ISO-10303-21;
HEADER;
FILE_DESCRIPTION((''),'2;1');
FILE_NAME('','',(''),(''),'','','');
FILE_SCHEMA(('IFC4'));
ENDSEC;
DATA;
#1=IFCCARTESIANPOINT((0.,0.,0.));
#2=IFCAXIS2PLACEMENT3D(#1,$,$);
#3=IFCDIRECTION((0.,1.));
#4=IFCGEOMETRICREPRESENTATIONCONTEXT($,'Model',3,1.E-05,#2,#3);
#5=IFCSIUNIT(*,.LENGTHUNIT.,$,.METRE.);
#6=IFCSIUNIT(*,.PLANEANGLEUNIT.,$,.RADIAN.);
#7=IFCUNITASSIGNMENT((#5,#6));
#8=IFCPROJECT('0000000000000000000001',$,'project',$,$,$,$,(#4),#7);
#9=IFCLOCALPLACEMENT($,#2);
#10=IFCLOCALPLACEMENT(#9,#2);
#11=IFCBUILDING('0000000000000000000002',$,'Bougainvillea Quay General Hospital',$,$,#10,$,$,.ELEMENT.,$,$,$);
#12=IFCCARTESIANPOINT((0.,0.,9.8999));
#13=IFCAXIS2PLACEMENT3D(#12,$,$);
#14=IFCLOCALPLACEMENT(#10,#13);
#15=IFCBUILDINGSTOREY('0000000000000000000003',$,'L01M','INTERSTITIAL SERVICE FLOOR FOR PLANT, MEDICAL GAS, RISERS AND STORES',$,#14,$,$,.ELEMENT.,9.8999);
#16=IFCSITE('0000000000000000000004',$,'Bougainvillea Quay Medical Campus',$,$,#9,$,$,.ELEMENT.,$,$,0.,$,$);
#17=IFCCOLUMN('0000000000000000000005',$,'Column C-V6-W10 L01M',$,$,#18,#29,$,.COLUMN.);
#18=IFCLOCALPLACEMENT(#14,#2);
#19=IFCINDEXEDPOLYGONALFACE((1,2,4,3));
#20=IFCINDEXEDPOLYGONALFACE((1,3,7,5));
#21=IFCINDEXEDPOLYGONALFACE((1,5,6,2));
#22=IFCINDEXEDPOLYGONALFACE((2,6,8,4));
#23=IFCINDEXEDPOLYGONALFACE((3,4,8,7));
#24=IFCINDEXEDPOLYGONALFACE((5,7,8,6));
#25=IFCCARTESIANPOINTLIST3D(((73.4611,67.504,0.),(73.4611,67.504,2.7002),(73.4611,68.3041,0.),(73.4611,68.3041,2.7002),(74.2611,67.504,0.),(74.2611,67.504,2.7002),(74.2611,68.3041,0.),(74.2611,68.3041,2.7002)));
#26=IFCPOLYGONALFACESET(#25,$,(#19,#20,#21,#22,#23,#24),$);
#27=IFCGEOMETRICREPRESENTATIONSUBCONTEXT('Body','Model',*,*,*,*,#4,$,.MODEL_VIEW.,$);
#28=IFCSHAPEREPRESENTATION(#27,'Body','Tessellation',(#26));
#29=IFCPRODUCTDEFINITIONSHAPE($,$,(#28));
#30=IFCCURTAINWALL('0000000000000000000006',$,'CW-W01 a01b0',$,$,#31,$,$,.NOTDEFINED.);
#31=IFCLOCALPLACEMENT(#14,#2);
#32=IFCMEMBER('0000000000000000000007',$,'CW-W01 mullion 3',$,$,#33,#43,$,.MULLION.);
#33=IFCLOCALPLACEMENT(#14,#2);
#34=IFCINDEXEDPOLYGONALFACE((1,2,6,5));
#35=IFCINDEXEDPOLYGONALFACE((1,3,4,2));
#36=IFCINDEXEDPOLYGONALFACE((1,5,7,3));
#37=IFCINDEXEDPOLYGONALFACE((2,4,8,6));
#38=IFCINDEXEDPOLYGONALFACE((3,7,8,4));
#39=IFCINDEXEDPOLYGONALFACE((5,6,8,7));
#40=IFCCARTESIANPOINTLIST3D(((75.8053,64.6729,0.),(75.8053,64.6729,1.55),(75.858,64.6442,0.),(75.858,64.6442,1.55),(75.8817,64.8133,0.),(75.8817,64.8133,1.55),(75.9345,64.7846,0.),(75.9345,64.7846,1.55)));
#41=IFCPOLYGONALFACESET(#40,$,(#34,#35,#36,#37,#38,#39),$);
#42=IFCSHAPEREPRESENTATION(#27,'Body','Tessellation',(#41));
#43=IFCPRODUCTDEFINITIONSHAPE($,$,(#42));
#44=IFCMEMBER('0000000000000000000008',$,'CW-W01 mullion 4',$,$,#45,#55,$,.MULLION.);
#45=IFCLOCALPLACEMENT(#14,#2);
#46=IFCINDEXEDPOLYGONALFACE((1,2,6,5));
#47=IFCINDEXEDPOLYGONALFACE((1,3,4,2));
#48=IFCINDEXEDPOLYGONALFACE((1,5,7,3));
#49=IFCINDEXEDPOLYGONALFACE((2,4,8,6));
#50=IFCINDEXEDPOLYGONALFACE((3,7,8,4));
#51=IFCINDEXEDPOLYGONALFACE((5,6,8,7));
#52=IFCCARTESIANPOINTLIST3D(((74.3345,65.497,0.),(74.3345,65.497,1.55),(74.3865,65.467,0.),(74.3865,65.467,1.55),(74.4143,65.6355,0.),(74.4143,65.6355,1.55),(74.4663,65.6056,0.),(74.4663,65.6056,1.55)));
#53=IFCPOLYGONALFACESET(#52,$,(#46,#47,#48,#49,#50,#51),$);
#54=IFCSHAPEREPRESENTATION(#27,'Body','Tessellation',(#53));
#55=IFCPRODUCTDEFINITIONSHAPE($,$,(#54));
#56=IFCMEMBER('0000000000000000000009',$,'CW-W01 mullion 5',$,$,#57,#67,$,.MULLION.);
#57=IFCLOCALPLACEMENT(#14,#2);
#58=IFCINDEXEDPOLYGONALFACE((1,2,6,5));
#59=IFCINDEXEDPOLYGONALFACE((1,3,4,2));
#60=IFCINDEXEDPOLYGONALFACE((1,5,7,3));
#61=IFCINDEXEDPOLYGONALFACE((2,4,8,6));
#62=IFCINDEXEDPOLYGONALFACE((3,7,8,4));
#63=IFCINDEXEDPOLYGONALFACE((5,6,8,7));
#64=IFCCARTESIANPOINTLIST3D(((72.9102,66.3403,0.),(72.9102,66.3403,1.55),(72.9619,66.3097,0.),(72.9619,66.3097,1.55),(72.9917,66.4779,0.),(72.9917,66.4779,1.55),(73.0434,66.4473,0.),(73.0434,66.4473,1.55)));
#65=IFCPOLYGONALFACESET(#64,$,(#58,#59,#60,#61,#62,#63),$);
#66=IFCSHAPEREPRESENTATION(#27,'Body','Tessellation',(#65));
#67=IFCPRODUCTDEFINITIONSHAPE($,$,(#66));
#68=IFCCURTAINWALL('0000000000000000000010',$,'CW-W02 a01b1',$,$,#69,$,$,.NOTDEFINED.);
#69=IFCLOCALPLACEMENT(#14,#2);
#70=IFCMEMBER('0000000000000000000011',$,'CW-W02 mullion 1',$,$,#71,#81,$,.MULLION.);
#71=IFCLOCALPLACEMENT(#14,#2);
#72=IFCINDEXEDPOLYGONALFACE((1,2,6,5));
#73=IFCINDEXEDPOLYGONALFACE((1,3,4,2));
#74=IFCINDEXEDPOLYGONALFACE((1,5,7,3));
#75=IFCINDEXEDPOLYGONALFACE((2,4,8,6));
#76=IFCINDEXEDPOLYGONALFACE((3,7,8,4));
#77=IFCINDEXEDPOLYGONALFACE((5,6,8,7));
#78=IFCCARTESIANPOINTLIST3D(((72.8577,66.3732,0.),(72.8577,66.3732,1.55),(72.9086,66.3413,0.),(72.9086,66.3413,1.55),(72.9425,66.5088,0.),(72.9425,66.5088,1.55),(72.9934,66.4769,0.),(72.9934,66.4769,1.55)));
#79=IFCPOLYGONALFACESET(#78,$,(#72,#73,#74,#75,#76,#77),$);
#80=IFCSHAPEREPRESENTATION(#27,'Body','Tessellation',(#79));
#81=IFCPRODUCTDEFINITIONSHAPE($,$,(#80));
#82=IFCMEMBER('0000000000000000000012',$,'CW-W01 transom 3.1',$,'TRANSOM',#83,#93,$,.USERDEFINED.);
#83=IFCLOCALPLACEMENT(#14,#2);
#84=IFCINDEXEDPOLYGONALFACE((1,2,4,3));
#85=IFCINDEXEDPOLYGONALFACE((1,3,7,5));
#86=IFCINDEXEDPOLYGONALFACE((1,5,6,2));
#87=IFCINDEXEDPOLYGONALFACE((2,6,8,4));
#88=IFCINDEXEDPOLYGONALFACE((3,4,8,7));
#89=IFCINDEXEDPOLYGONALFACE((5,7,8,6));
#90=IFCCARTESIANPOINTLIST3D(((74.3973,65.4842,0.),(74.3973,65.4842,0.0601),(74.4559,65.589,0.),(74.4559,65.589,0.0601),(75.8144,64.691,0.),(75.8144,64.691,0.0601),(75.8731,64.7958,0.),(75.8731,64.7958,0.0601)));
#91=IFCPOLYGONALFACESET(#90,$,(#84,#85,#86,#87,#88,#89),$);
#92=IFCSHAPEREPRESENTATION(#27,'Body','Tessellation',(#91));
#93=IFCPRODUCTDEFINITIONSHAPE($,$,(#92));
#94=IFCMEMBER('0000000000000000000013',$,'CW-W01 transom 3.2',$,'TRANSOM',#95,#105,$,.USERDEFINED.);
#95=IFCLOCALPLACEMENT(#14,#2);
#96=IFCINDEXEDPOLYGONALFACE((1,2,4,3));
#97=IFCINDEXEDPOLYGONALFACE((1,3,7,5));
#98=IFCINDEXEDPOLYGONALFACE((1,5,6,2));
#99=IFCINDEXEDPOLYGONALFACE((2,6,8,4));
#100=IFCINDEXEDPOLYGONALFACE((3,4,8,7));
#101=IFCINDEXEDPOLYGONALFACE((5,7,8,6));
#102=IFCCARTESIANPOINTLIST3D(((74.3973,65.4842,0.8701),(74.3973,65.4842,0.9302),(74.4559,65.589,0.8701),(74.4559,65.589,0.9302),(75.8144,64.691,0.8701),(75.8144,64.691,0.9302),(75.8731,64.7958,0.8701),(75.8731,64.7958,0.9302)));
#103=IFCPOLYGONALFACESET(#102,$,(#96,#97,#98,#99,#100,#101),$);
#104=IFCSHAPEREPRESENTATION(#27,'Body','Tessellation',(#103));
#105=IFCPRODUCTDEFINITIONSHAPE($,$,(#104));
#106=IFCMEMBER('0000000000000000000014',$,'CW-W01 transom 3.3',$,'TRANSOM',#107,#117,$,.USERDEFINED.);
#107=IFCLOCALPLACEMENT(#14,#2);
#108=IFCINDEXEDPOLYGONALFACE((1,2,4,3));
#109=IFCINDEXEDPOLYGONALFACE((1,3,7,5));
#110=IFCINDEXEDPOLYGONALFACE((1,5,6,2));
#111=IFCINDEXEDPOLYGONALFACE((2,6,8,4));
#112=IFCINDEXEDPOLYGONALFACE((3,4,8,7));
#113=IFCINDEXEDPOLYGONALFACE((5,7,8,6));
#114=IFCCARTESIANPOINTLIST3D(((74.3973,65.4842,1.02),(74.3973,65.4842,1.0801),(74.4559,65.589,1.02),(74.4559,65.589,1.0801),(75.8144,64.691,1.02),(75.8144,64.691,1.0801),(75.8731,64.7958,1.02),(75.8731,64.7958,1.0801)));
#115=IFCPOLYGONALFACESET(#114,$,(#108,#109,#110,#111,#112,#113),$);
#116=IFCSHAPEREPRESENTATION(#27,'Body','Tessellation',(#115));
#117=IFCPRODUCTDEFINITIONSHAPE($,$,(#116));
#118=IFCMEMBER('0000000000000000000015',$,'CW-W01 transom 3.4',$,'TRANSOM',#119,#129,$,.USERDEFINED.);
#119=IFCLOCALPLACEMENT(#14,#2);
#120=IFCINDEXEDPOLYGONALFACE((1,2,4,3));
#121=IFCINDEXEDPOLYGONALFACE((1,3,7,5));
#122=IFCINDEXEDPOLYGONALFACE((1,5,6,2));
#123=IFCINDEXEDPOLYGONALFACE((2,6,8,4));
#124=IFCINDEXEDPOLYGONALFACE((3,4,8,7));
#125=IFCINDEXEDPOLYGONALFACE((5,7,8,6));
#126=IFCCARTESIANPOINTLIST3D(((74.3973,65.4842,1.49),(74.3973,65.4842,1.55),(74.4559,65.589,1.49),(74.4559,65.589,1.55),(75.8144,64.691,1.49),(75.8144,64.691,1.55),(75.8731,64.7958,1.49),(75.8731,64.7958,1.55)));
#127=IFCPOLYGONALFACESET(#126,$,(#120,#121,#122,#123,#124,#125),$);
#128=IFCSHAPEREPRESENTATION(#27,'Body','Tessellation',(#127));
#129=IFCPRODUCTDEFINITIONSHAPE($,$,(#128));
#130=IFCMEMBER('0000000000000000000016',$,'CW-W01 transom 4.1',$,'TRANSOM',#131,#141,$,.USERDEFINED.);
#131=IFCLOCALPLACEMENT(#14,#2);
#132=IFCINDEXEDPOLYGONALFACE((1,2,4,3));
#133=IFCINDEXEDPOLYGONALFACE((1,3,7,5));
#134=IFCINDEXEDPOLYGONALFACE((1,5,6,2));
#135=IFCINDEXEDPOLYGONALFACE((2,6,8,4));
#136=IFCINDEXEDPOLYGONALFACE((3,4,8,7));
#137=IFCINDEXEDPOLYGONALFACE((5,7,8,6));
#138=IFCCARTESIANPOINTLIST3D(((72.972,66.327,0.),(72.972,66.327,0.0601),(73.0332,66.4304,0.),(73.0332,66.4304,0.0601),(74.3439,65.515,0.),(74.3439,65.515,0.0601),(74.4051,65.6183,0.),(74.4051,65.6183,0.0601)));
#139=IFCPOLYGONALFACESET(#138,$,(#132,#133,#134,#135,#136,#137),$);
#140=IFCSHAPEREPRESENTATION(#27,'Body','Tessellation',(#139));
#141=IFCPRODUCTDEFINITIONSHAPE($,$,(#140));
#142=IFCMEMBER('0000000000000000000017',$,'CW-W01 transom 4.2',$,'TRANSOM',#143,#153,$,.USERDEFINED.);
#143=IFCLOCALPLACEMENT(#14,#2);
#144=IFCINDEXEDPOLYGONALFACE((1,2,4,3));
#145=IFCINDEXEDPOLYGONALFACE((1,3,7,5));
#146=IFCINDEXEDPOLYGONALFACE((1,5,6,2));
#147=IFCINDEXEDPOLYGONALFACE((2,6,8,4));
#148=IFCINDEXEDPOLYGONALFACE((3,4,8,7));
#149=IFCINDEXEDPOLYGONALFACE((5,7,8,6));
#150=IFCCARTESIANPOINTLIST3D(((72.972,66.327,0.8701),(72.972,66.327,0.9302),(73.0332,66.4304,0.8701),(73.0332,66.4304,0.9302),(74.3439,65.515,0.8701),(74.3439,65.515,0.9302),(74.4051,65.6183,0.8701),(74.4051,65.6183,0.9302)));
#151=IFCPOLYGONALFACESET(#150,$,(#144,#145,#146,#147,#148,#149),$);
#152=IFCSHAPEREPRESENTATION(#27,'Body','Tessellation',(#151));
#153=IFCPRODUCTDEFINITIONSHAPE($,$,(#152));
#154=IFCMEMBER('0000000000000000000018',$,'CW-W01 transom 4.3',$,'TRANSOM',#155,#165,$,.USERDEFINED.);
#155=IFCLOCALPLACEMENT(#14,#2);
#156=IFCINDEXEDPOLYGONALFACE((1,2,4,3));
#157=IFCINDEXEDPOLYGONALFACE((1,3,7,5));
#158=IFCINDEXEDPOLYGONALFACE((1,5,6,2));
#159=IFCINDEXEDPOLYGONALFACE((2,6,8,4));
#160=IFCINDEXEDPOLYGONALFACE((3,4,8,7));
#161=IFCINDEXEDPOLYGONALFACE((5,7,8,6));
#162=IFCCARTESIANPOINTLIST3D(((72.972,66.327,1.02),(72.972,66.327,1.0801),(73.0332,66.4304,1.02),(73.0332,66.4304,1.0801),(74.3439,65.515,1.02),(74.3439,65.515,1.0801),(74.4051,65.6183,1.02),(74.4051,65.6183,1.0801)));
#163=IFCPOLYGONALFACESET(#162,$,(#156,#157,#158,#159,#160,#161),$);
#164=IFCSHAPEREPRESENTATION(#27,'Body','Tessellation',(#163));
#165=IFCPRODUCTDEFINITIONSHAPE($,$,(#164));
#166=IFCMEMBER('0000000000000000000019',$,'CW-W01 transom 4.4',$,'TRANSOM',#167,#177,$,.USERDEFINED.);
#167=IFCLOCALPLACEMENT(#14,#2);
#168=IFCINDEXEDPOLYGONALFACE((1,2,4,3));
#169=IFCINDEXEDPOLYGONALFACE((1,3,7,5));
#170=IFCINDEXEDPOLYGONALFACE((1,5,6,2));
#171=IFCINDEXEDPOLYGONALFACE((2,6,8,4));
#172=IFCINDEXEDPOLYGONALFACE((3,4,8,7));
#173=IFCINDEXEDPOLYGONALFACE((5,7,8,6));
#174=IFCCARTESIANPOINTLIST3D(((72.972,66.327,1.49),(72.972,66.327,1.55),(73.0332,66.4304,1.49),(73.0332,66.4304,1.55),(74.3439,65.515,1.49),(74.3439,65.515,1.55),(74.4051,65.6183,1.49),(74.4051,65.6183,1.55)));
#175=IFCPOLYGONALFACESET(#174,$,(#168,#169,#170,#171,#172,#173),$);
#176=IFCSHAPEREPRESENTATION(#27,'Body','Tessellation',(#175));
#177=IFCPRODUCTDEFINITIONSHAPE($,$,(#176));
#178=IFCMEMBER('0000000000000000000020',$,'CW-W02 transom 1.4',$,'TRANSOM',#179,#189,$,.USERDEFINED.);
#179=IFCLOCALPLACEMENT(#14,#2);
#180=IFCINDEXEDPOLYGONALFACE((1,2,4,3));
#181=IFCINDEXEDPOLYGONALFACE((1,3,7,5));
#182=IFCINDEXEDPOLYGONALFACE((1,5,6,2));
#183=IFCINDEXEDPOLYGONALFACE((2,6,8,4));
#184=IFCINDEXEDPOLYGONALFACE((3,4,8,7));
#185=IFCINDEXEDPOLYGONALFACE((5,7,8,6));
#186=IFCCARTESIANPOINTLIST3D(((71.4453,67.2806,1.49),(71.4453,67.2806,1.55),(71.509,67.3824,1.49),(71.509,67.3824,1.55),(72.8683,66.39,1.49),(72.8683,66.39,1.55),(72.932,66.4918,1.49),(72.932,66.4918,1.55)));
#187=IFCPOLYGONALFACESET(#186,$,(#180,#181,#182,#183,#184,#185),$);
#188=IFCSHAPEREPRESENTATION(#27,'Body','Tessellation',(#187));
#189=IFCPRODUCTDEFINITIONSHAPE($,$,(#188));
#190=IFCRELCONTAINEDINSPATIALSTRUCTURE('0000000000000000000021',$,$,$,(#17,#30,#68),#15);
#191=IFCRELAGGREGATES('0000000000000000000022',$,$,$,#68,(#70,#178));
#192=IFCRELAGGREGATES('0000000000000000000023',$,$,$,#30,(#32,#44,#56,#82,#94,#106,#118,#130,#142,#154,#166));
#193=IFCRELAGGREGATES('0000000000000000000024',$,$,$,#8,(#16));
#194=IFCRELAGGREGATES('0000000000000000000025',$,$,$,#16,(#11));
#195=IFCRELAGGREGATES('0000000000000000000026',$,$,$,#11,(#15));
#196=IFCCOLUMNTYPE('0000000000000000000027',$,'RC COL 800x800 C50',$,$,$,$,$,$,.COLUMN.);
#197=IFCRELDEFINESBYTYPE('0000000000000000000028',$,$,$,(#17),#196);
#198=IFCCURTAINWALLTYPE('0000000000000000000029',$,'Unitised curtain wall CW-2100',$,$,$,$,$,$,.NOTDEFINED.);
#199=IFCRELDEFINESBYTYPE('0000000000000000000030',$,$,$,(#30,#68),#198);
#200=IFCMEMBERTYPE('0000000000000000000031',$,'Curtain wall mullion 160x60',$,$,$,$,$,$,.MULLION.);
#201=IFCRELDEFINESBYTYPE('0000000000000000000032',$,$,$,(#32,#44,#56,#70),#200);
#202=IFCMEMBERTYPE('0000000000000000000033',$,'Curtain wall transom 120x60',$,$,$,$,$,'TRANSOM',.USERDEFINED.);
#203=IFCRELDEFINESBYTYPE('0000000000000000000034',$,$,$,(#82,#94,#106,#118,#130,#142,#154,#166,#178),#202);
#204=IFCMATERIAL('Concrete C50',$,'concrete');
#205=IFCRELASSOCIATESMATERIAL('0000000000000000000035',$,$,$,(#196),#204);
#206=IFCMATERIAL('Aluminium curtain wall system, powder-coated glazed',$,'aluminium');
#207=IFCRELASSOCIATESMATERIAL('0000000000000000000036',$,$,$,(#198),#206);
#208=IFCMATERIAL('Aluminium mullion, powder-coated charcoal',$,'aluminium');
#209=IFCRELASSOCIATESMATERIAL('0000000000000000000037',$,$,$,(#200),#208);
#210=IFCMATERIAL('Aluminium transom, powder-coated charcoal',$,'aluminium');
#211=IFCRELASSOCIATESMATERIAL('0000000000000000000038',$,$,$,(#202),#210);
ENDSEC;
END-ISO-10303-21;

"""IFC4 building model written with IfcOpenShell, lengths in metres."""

from ifc_helpers import new_model, si_unit, direction, frame, origin, origin_2d, place, context, subcontext, project, spatial, rectangle, extrude, material, material_profile, profile_set, type_object, element, aggregate, save


model = new_model("IFC4")

# Units and contexts
model_context = context("Model", 3, precision=1e-05, world=origin(), true_north=direction((0.0, 1.0)))
body_context = subcontext(model_context, "Body", "Model", "MODEL_VIEW")
ifc_project = project(units=[si_unit("LENGTHUNIT", "METRE"), si_unit("PLANEANGLEUNIT", "RADIAN")], contexts=[model_context])

# Site, building, storey
site_placement = place(None, origin())
site = spatial("IfcSite", under=ifc_project, at=site_placement, Name="Bougainvillea Quay Medical Campus", CompositionType="ELEMENT", RefElevation=0.0)
building_placement = place(site_placement, origin())
building = spatial("IfcBuilding", under=site, at=building_placement, Name="Bougainvillea Quay General Hospital", CompositionType="ELEMENT")
storey_placement = place(building_placement, frame((0.0, 0.0, 9.8999)))
storey = spatial("IfcBuildingStorey", under=building, at=storey_placement, Name="L01M", Description="INTERSTITIAL SERVICE FLOOR FOR PLANT, MEDICAL GAS, RISERS AND STORES", CompositionType="ELEMENT", Elevation=9.8999)

# Column
ifc_material_1 = material(Name="Concrete C50", Category="concrete")
ifc_material_profile_1 = material_profile(ifc_material_1, rectangle(XDim=0.8, YDim=0.8, at=origin_2d()))
ifc_profile_set_1 = profile_set([ifc_material_profile_1], Name="Concrete C50")
column_type = type_object("IfcColumnType", Name="RC COL 800x800 C50", PredefinedType="COLUMN", material=ifc_profile_set_1)
column_placement = place(storey_placement, frame((73.8611, 67.9041, 0.0), z_axis=(0.0, 0.0, 1.0), x_axis=(1.0, 0.0, 0.0)))
element("IfcColumn", 1, at=column_placement, inside=storey, type_object=column_type, Name="Column C-V6-W10 L01M", PredefinedType="COLUMN", context=body_context, shape_type="SweptSolid", body=[
    extrude(rectangle(XDim=0.8, YDim=0.8, at=origin_2d()), origin(), (0.0, 0.0, 1.0), 2.7002),
])

# Curtain wall, members
ifc_material_2 = material(Name="Aluminium curtain wall system, powder-coated glazed", Category="aluminium")
curtain_wall_type = type_object("IfcCurtainWallType", Name="Unitised curtain wall CW-2100", PredefinedType="NOTDEFINED", material=ifc_material_2)
curtain_wall_1_placement = place(storey_placement, origin())
curtain_wall_1 = element("IfcCurtainWall", 2, at=curtain_wall_1_placement, inside=storey, type_object=curtain_wall_type, Name="CW-W01 a01b0", PredefinedType="NOTDEFINED")
ifc_material_3 = material(Name="Aluminium mullion, powder-coated charcoal", Category="aluminium")
ifc_material_profile_2 = material_profile(ifc_material_3, rectangle(XDim=0.1599, YDim=0.0601, at=origin_2d()))
ifc_profile_set_2 = profile_set([ifc_material_profile_2], Name="Aluminium mullion, powder-coated charcoal")
member_type_1 = type_object("IfcMemberType", Name="Curtain wall mullion 160x60", PredefinedType="MULLION", material=ifc_profile_set_2)
member_1_placement = place(storey_placement, frame((75.8699, 64.7288, 0.0), z_axis=(0.0, 0.0, 1.0), x_axis=(-0.477852, -0.87844, 0.0)))
member_1 = element("IfcMember", 3, at=member_1_placement, type_object=member_type_1, Name="CW-W01 mullion 3", PredefinedType="MULLION", context=body_context, shape_type="SweptSolid", body=[
    extrude(rectangle(XDim=0.1599, YDim=0.0601, at=origin_2d()), origin(), (0.0, 0.0, 1.0), 1.55),
])
member_2_placement = place(storey_placement, frame((74.4004, 65.5513, 0.0), z_axis=(0.0, 0.0, 1.0), x_axis=(-0.498921, -0.866648, 0.0)))
member_2 = element("IfcMember", 4, at=member_2_placement, type_object=member_type_1, Name="CW-W01 mullion 4", PredefinedType="MULLION", context=body_context, shape_type="SweptSolid", body=[
    extrude(rectangle(XDim=0.1599, YDim=0.0601, at=origin_2d()), origin(), (0.0, 0.0, 1.0), 1.55),
])
member_3_placement = place(storey_placement, frame((72.9768, 66.3938, 0.0), z_axis=(0.0, 0.0, 1.0), x_axis=(-0.509346, -0.860562, 0.0)))
member_3 = element("IfcMember", 5, at=member_3_placement, type_object=member_type_1, Name="CW-W01 mullion 5", PredefinedType="MULLION", context=body_context, shape_type="SweptSolid", body=[
    extrude(rectangle(XDim=0.1599, YDim=0.0601, at=origin_2d()), origin(), (0.0, 0.0, 1.0), 1.55),
])

# Curtain wall, member
curtain_wall_2_placement = place(storey_placement, origin())
curtain_wall_2 = element("IfcCurtainWall", 6, at=curtain_wall_2_placement, inside=storey, type_object=curtain_wall_type, Name="CW-W02 a01b1", PredefinedType="NOTDEFINED")
member_4_placement = place(storey_placement, frame((72.9255, 66.425, 0.0), z_axis=(0.0, 0.0, 1.0), x_axis=(-0.530489, -0.847692, 0.0)))
member_4 = element("IfcMember", 7, at=member_4_placement, type_object=member_type_1, Name="CW-W02 mullion 1", PredefinedType="MULLION", context=body_context, shape_type="SweptSolid", body=[
    extrude(rectangle(XDim=0.1599, YDim=0.0601, at=origin_2d()), origin(), (0.0, 0.0, 1.0), 1.55),
])

# Members
ifc_material_4 = material(Name="Aluminium transom, powder-coated charcoal", Category="aluminium")
ifc_material_profile_3 = material_profile(ifc_material_4, rectangle(XDim=0.1201, YDim=0.0601, at=origin_2d()))
ifc_profile_set_3 = profile_set([ifc_material_profile_3], Name="Aluminium transom, powder-coated charcoal")
member_type_2 = type_object("IfcMemberType", Name="Curtain wall transom 120x60", ElementType="TRANSOM", PredefinedType="USERDEFINED", material=ifc_profile_set_3)
member_5_placement = place(storey_placement, frame((75.8438, 64.7434, 0.03), z_axis=(-0.872621, 0.488397, 0.0), x_axis=(-0.488397, -0.872621, 0.0)))
member_5 = element("IfcMember", 8, at=member_5_placement, type_object=member_type_2, Name="CW-W01 transom 3.1", ObjectType="TRANSOM", PredefinedType="USERDEFINED", context=body_context, shape_type="SweptSolid", body=[
    extrude(rectangle(XDim=0.1201, YDim=0.0601, at=origin_2d()), origin(), (0.0, 0.0, 1.0), 1.624),
])
member_6_placement = place(storey_placement, frame((75.8438, 64.7434, 0.9001), z_axis=(-0.872621, 0.488397, 0.0), x_axis=(-0.488397, -0.872621, 0.0)))
member_6 = element("IfcMember", 9, at=member_6_placement, type_object=member_type_2, Name="CW-W01 transom 3.2", ObjectType="TRANSOM", PredefinedType="USERDEFINED", context=body_context, shape_type="SweptSolid", body=[
    extrude(rectangle(XDim=0.1201, YDim=0.0601, at=origin_2d()), origin(), (0.0, 0.0, 1.0), 1.624),
])
member_7_placement = place(storey_placement, frame((75.8438, 64.7434, 1.05), z_axis=(-0.872621, 0.488397, 0.0), x_axis=(-0.488397, -0.872621, 0.0)))
member_7 = element("IfcMember", 10, at=member_7_placement, type_object=member_type_2, Name="CW-W01 transom 3.3", ObjectType="TRANSOM", PredefinedType="USERDEFINED", context=body_context, shape_type="SweptSolid", body=[
    extrude(rectangle(XDim=0.1201, YDim=0.0601, at=origin_2d()), origin(), (0.0, 0.0, 1.0), 1.624),
])
member_8_placement = place(storey_placement, frame((75.8438, 64.7434, 1.52), z_axis=(-0.872621, 0.488397, 0.0), x_axis=(-0.488397, -0.872621, 0.0)))
member_8 = element("IfcMember", 11, at=member_8_placement, type_object=member_type_2, Name="CW-W01 transom 3.4", ObjectType="TRANSOM", PredefinedType="USERDEFINED", context=body_context, shape_type="SweptSolid", body=[
    extrude(rectangle(XDim=0.1201, YDim=0.0601, at=origin_2d()), origin(), (0.0, 0.0, 1.0), 1.624),
])
member_9_placement = place(storey_placement, frame((74.3745, 65.5667, 0.03), z_axis=(-0.860545, 0.509374, 0.0), x_axis=(-0.509374, -0.860545, 0.0)))
member_9 = element("IfcMember", 12, at=member_9_placement, type_object=member_type_2, Name="CW-W01 transom 4.1", ObjectType="TRANSOM", PredefinedType="USERDEFINED", context=body_context, shape_type="SweptSolid", body=[
    extrude(rectangle(XDim=0.1201, YDim=0.0601, at=origin_2d()), origin(), (0.0, 0.0, 1.0), 1.5942),
])
member_10_placement = place(storey_placement, frame((74.3745, 65.5667, 0.9001), z_axis=(-0.860545, 0.509374, 0.0), x_axis=(-0.509374, -0.860545, 0.0)))
member_10 = element("IfcMember", 13, at=member_10_placement, type_object=member_type_2, Name="CW-W01 transom 4.2", ObjectType="TRANSOM", PredefinedType="USERDEFINED", context=body_context, shape_type="SweptSolid", body=[
    extrude(rectangle(XDim=0.1201, YDim=0.0601, at=origin_2d()), origin(), (0.0, 0.0, 1.0), 1.5942),
])
member_11_placement = place(storey_placement, frame((74.3745, 65.5667, 1.05), z_axis=(-0.860545, 0.509374, 0.0), x_axis=(-0.509374, -0.860545, 0.0)))
member_11 = element("IfcMember", 14, at=member_11_placement, type_object=member_type_2, Name="CW-W01 transom 4.3", ObjectType="TRANSOM", PredefinedType="USERDEFINED", context=body_context, shape_type="SweptSolid", body=[
    extrude(rectangle(XDim=0.1201, YDim=0.0601, at=origin_2d()), origin(), (0.0, 0.0, 1.0), 1.5942),
])
member_12_placement = place(storey_placement, frame((74.3745, 65.5667, 1.52), z_axis=(-0.860545, 0.509374, 0.0), x_axis=(-0.509374, -0.860545, 0.0)))
member_12 = element("IfcMember", 15, at=member_12_placement, type_object=member_type_2, Name="CW-W01 transom 4.4", ObjectType="TRANSOM", PredefinedType="USERDEFINED", context=body_context, shape_type="SweptSolid", body=[
    extrude(rectangle(XDim=0.1201, YDim=0.0601, at=origin_2d()), origin(), (0.0, 0.0, 1.0), 1.5942),
])
member_13_placement = place(storey_placement, frame((72.9001, 66.4409, 1.52), z_axis=(-0.84768, 0.530509, 0.0), x_axis=(-0.530509, -0.84768, 0.0)))
member_13 = element("IfcMember", 16, at=member_13_placement, type_object=member_type_2, Name="CW-W02 transom 1.4", ObjectType="TRANSOM", PredefinedType="USERDEFINED", context=body_context, shape_type="SweptSolid", body=[
    extrude(rectangle(XDim=0.1201, YDim=0.0601, at=origin_2d()), origin(), (0.0, 0.0, 1.0), 1.6787),
])
aggregate(curtain_wall_2, [member_4, member_13])

aggregate(curtain_wall_1, [member_1, member_2, member_3, member_5, member_6, member_7, member_8, member_9, member_10, member_11, member_12])

save(model, "model.ifc")
